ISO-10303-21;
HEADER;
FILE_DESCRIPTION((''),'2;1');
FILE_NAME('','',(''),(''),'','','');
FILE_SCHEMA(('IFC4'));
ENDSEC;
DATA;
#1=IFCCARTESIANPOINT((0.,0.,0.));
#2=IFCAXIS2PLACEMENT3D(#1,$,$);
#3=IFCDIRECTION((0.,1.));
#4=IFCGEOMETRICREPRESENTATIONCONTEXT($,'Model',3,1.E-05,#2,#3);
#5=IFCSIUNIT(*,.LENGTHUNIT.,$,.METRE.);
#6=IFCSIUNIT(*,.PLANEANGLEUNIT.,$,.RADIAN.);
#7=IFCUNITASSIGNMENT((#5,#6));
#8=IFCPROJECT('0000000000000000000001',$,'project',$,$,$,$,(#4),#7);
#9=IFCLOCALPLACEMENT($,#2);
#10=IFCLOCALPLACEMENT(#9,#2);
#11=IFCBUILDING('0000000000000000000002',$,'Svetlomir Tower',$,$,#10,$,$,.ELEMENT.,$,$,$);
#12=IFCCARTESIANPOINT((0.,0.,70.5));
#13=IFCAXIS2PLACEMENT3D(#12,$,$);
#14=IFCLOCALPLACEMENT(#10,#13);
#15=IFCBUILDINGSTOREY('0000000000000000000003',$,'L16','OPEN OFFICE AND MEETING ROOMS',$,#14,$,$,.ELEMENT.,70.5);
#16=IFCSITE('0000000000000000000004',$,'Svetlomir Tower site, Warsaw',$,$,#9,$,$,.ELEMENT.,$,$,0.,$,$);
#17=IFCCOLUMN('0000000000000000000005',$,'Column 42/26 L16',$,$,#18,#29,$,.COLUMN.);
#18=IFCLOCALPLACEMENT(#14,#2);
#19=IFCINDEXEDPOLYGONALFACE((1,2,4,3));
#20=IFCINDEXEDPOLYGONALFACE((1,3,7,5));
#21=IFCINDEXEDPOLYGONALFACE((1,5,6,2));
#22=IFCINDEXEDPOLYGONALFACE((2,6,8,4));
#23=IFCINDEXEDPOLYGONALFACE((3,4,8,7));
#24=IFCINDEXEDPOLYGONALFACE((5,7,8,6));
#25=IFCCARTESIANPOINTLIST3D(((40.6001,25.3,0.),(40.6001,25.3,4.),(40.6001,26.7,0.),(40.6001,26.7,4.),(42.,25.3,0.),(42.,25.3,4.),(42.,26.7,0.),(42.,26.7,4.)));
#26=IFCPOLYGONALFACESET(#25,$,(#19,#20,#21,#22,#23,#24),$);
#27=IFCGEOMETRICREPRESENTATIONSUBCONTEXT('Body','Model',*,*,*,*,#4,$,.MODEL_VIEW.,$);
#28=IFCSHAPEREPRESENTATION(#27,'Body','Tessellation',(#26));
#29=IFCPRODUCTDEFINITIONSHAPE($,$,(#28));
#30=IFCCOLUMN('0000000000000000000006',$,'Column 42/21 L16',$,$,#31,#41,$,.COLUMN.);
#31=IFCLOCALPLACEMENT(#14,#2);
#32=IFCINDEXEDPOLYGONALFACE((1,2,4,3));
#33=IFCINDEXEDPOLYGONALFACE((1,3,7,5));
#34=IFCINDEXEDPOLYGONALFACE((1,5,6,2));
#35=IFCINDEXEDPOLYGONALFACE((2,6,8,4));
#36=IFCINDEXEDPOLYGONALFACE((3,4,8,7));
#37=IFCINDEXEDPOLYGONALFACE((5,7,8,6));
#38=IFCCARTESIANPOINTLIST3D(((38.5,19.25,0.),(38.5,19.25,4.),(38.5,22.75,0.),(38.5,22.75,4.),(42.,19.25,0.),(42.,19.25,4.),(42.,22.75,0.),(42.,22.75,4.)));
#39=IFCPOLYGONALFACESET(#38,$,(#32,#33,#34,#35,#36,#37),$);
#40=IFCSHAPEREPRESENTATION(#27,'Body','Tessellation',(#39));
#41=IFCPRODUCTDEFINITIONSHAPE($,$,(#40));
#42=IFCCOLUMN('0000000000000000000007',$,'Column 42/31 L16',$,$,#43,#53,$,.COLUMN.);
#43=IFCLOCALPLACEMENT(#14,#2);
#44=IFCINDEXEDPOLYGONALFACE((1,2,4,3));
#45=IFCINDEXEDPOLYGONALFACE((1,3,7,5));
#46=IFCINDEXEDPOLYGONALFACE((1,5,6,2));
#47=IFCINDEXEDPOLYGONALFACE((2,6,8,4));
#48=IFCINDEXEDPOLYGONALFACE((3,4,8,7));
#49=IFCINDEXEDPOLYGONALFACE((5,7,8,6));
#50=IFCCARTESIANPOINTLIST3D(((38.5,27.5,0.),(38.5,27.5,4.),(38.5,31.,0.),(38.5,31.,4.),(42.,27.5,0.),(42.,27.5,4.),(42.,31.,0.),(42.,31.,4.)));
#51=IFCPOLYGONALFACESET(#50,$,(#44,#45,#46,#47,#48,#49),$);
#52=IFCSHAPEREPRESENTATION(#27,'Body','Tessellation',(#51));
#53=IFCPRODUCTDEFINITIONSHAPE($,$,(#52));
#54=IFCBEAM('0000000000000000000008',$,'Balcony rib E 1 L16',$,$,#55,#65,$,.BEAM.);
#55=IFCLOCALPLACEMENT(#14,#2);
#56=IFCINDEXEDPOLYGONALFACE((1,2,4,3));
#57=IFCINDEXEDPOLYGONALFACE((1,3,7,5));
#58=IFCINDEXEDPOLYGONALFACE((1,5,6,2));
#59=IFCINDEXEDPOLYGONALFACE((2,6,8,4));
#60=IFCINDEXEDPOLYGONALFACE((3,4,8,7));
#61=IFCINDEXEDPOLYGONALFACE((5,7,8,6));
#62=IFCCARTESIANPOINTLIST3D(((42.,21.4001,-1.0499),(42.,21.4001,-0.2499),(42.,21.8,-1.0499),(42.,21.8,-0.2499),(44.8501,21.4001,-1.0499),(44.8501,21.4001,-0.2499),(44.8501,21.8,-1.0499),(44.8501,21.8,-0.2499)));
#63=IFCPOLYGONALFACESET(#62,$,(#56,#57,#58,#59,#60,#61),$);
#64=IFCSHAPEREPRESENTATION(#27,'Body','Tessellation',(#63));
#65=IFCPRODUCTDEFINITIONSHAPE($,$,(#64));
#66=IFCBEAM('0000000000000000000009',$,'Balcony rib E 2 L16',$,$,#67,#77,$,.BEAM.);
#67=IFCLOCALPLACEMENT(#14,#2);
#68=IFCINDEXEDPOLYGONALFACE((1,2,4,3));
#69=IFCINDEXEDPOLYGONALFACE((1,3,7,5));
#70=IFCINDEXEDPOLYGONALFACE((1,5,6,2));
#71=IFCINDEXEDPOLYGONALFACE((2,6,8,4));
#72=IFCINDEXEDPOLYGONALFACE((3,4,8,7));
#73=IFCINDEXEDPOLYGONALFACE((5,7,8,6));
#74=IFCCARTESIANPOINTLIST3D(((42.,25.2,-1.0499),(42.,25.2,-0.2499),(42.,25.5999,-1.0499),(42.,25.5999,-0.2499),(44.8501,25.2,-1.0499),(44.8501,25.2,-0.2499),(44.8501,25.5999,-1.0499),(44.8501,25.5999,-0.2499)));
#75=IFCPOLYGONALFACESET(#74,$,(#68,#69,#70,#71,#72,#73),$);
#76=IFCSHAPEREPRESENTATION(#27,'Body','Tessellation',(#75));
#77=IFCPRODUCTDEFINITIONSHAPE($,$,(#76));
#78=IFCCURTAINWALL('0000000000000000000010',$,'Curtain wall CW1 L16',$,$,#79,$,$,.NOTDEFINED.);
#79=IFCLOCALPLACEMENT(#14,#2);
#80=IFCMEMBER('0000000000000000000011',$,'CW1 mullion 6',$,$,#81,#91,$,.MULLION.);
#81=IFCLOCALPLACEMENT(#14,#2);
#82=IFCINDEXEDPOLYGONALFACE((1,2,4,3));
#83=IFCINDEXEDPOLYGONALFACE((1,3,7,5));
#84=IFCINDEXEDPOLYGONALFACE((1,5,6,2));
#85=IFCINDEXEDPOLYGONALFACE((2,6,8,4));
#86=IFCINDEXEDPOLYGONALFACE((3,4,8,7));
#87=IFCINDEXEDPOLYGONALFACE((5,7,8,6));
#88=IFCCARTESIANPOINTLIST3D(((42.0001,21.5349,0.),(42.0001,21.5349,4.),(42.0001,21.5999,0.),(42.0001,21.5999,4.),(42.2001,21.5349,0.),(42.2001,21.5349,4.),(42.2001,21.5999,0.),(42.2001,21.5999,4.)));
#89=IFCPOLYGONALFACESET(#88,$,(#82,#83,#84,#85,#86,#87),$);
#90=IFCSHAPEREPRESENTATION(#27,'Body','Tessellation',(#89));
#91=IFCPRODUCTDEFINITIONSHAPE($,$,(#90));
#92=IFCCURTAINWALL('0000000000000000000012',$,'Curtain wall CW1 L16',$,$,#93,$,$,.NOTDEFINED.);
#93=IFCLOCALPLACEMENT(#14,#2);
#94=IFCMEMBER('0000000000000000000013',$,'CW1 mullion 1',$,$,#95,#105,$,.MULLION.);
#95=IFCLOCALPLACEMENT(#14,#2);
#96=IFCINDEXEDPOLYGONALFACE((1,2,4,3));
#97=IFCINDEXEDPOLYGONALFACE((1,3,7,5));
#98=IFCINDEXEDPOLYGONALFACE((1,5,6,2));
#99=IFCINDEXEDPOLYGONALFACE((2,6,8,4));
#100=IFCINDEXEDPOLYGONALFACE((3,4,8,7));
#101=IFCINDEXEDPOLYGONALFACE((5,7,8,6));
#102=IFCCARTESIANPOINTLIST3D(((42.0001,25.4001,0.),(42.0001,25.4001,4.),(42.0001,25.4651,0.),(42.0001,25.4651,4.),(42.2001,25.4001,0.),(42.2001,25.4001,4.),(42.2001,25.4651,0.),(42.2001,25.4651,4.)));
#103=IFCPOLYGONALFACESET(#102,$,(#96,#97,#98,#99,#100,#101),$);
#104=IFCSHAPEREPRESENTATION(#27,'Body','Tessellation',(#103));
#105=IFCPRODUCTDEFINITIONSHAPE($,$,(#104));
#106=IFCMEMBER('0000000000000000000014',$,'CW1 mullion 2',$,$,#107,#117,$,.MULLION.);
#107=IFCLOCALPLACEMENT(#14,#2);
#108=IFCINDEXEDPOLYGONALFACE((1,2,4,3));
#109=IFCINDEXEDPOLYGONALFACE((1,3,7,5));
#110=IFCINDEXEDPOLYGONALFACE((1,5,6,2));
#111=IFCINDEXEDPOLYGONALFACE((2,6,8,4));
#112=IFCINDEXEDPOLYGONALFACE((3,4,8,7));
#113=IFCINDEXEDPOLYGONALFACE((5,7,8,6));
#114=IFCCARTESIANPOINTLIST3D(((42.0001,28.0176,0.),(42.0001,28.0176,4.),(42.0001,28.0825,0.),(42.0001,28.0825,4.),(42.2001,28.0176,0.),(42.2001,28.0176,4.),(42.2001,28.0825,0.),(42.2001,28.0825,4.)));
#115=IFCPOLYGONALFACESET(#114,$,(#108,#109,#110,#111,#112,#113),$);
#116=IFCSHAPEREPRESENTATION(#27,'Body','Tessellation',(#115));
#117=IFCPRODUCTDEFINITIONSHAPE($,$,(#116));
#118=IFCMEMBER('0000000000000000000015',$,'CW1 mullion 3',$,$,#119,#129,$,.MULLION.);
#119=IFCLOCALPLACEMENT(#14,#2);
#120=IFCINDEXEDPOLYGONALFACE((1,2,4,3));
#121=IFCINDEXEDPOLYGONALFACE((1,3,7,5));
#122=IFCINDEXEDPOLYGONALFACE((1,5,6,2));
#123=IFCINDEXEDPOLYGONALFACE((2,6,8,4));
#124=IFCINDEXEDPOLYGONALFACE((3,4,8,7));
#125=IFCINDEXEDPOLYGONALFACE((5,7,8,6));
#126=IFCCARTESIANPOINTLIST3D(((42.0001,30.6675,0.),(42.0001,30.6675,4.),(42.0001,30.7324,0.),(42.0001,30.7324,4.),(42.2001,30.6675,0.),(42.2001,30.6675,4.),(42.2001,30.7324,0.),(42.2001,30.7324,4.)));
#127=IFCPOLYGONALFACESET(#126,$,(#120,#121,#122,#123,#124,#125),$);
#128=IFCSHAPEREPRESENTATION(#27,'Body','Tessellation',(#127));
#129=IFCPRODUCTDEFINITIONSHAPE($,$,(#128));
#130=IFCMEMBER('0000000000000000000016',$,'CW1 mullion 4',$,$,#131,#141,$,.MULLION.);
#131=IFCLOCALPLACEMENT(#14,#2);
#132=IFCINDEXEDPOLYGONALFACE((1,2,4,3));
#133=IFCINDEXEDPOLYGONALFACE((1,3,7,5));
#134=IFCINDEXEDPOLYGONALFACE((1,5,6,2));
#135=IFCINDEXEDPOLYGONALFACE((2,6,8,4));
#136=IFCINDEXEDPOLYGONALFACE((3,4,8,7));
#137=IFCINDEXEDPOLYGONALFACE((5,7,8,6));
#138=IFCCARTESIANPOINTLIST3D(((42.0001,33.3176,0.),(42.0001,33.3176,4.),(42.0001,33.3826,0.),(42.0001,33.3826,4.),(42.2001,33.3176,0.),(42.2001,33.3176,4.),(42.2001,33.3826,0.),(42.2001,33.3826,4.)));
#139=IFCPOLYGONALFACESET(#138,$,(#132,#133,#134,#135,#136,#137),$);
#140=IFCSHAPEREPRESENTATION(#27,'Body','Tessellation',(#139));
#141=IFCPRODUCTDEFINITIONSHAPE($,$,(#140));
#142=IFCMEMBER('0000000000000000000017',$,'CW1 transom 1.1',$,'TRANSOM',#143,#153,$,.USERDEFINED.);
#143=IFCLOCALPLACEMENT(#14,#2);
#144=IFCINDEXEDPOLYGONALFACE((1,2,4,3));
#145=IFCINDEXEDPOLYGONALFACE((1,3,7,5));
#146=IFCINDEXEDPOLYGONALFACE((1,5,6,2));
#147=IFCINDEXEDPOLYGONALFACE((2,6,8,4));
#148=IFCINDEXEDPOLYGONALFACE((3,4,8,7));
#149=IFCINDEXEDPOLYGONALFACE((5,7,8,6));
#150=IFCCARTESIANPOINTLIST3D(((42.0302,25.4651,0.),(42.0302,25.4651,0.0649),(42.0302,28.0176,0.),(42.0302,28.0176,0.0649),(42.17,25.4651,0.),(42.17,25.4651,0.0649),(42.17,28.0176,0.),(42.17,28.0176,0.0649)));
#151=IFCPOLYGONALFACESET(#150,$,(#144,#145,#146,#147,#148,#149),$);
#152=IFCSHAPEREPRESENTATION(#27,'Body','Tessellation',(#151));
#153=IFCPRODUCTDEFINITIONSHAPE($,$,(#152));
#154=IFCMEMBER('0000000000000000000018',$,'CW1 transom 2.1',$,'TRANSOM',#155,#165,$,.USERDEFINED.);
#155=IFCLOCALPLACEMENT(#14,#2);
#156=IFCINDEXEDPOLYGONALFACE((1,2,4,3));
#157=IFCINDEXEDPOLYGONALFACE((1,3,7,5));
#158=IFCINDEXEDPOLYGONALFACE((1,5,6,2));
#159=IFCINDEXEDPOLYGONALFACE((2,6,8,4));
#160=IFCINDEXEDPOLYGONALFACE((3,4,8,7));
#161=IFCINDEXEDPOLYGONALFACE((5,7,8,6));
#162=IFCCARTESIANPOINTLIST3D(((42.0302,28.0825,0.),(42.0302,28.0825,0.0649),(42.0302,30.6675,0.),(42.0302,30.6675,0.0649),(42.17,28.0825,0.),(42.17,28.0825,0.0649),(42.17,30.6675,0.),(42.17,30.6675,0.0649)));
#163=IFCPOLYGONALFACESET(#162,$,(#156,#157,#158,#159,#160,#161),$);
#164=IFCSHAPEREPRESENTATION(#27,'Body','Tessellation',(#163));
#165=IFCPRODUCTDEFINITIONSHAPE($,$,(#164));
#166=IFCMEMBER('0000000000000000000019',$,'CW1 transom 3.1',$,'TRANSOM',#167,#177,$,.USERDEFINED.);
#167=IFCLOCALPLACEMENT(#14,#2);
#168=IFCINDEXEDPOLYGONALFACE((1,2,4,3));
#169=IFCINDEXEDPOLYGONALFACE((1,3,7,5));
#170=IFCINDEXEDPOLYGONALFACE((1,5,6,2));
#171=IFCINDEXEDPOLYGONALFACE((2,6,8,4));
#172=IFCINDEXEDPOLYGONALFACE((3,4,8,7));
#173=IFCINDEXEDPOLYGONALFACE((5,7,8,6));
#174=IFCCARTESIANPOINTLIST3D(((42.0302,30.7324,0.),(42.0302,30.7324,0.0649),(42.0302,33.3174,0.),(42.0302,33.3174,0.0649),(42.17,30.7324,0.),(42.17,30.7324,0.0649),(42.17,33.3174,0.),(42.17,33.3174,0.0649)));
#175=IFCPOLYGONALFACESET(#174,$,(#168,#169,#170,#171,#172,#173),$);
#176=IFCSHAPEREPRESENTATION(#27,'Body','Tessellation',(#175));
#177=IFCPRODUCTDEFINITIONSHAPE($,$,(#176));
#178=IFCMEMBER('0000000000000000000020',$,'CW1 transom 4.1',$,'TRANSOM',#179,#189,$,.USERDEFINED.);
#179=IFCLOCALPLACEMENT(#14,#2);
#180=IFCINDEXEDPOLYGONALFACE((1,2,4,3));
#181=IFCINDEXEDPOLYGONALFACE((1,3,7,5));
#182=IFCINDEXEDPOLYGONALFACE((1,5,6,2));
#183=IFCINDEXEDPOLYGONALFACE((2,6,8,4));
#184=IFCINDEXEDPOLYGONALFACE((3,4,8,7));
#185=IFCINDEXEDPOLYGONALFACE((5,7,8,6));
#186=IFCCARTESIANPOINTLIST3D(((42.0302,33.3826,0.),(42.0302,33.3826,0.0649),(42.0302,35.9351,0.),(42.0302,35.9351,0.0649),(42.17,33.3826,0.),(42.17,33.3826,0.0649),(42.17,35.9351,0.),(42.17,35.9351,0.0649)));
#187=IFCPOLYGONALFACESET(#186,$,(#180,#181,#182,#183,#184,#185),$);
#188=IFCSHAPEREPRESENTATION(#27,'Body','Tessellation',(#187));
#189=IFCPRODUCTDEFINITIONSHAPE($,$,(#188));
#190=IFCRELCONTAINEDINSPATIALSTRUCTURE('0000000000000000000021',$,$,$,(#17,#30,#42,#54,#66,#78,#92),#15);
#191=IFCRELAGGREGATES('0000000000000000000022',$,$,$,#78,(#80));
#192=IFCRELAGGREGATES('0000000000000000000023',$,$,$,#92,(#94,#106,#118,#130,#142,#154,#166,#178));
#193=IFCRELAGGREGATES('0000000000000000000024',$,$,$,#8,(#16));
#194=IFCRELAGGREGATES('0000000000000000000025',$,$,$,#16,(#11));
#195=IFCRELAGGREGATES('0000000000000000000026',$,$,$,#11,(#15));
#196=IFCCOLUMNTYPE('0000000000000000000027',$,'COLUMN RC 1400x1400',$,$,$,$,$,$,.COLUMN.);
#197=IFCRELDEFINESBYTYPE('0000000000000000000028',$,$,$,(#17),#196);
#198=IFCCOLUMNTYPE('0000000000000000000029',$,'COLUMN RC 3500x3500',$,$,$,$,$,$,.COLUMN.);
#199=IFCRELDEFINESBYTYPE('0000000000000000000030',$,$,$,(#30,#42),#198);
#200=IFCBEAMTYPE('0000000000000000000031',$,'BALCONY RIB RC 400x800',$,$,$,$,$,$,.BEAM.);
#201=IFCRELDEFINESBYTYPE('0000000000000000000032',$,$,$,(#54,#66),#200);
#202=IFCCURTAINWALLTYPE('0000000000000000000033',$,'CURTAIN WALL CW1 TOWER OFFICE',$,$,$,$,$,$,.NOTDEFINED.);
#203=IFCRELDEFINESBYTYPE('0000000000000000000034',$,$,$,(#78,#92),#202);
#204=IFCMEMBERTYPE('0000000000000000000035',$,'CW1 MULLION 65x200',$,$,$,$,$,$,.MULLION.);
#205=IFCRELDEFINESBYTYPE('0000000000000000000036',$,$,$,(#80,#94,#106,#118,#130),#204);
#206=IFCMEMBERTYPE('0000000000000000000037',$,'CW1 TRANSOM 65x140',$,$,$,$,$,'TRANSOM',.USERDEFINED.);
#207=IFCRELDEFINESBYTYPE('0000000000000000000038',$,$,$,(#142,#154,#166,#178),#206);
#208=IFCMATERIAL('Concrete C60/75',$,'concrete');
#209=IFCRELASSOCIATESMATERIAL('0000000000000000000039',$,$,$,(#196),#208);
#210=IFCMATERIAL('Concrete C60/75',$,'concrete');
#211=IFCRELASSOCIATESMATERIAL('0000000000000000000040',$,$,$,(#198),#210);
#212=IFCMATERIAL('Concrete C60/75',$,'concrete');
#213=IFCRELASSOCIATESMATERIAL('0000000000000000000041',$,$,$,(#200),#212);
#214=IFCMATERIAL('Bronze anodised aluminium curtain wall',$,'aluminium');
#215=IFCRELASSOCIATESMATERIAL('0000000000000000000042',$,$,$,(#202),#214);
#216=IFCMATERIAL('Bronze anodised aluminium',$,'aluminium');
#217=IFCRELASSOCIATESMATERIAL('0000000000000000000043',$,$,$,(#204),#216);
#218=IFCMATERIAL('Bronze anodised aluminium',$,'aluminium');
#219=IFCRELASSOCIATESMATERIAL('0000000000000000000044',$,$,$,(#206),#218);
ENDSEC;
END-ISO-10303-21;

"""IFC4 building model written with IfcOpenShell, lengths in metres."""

from ifc_helpers import new_model, si_unit, direction, frame, origin, origin_2d, place, context, subcontext, project, spatial, rectangle, extrude, material, material_profile, profile_set, type_object, element, aggregate, save


model = new_model("IFC4")

# Units and contexts
model_context = context("Model", 3, precision=1e-05, world=origin(), true_north=direction((0.0, 1.0)))
body_context = subcontext(model_context, "Body", "Model", "MODEL_VIEW")
ifc_project = project(units=[si_unit("LENGTHUNIT", "METRE"), si_unit("PLANEANGLEUNIT", "RADIAN")], contexts=[model_context])

# Site, building, storey
site_placement = place(None, origin())
site = spatial("IfcSite", under=ifc_project, at=site_placement, Name="Svetlomir Tower site, Warsaw", CompositionType="ELEMENT", RefElevation=0.0)
building_placement = place(site_placement, origin())
building = spatial("IfcBuilding", under=site, at=building_placement, Name="Svetlomir Tower", CompositionType="ELEMENT")
storey_placement = place(building_placement, frame((0.0, 0.0, 70.5)))
storey = spatial("IfcBuildingStorey", under=building, at=storey_placement, Name="L16", Description="OPEN OFFICE AND MEETING ROOMS", CompositionType="ELEMENT", Elevation=70.5)

# Columns
ifc_material_1 = material(Name="Concrete C60/75", Category="concrete")
ifc_material_profile_1 = material_profile(ifc_material_1, rectangle(XDim=1.3999, YDim=1.3999, at=origin_2d()), Name="RC 1400x1400")
ifc_profile_set_1 = profile_set([ifc_material_profile_1], Name="Concrete C60/75")
column_type_1 = type_object("IfcColumnType", Name="COLUMN RC 1400x1400", PredefinedType="COLUMN", material=ifc_profile_set_1)
column_placement = place(storey_placement, frame((41.3, 26.0, 0.0), z_axis=(0.0, 0.0, 1.0), x_axis=(1.0, 0.0, 0.0)))
element("IfcColumn", 1, at=column_placement, inside=storey, type_object=column_type_1, Name="Column 42/26 L16", PredefinedType="COLUMN", context=body_context, shape_type="SweptSolid", body=[
    extrude(rectangle(XDim=1.3999, YDim=1.3999, at=origin_2d()), origin(), (0.0, 0.0, 1.0), 4.0),
])
ifc_material_2 = material(Name="Concrete C60/75", Category="concrete")
ifc_material_profile_2 = material_profile(ifc_material_2, rectangle(XDim=3.5, YDim=3.5, at=origin_2d()), Name="RC 3500x3500")
ifc_profile_set_2 = profile_set([ifc_material_profile_2], Name="Concrete C60/75")
column_type_2 = type_object("IfcColumnType", Name="COLUMN RC 3500x3500", PredefinedType="COLUMN", material=ifc_profile_set_2)
for number, where, z_axis, x_axis, name in (
    (2, (40.25, 21.0, 0.0), (0.0, 0.0, 1.0), (1.0, 0.0, 0.0), "Column 42/21 L16"),
    (3, (40.25, 29.25, 0.0), (0.0, 0.0, 1.0), (1.0, 0.0, 0.0), "Column 42/31 L16"),
):
    element("IfcColumn", number, at=place(storey_placement, frame(where, z_axis=z_axis, x_axis=x_axis)), inside=storey, type_object=column_type_2, Name=name, PredefinedType="COLUMN", context=body_context, shape_type="SweptSolid", body=[
        extrude(rectangle(XDim=3.5, YDim=3.5, at=origin_2d()), origin(), (0.0, 0.0, 1.0), 4.0),
    ])

# Beams
ifc_material_3 = material(Name="Concrete C60/75", Category="concrete")
ifc_material_profile_3 = material_profile(ifc_material_3, rectangle(XDim=0.3999, YDim=0.8, at=origin_2d()), Name="RC 400x800")
ifc_profile_set_3 = profile_set([ifc_material_profile_3], Name="Concrete C60/75")
beam_type_1 = type_object("IfcBeamType", Name="BALCONY RIB RC 400x800", PredefinedType="BEAM", material=ifc_profile_set_3)
for number, where, z_axis, x_axis, name in (
    (4, (42.0, 21.6001, -0.6499), (1.0, 0.0, 0.0), (0.0, 1.0, 0.0), "Balcony rib E 1 L16"),
    (5, (42.0, 25.3999, -0.6499), (1.0, 0.0, 0.0), (0.0, 1.0, 0.0), "Balcony rib E 2 L16"),
):
    element("IfcBeam", number, at=place(storey_placement, frame(where, z_axis=z_axis, x_axis=x_axis)), inside=storey, type_object=beam_type_1, Name=name, PredefinedType="BEAM", context=body_context, shape_type="SweptSolid", body=[
        extrude(rectangle(XDim=0.3999, YDim=0.8, at=origin_2d()), origin(), (0.0, 0.0, 1.0), 2.8501),
    ])

# Curtain wall, member
ifc_material_4 = material(Name="Bronze anodised aluminium curtain wall", Category="aluminium")
curtain_wall_type = type_object("IfcCurtainWallType", Name="CURTAIN WALL CW1 TOWER OFFICE", PredefinedType="NOTDEFINED", material=ifc_material_4)
curtain_wall_1_placement = place(storey_placement, origin())
curtain_wall_1 = element("IfcCurtainWall", 6, at=curtain_wall_1_placement, inside=storey, type_object=curtain_wall_type, Name="Curtain wall CW1 L16", PredefinedType="NOTDEFINED")
ifc_material_5 = material(Name="Bronze anodised aluminium", Category="aluminium")
ifc_material_profile_4 = material_profile(ifc_material_5, rectangle(XDim=0.0649, YDim=0.2, at=origin_2d()), Name="AL 65x200")
ifc_profile_set_4 = profile_set([ifc_material_profile_4], Name="Bronze anodised aluminium 6063-T6")
member_type_1 = type_object("IfcMemberType", Name="CW1 MULLION 65x200", PredefinedType="MULLION", material=ifc_profile_set_4)
member_1_placement = place(storey_placement, frame((42.1001, 21.5674, 0.0), z_axis=(0.0, 0.0, 1.0), x_axis=(0.0, 1.0, 0.0)))
member_1 = element("IfcMember", 7, at=member_1_placement, type_object=member_type_1, Name="CW1 mullion 6", PredefinedType="MULLION", context=body_context, shape_type="SweptSolid", body=[
    extrude(rectangle(XDim=0.0649, YDim=0.2, at=origin_2d()), origin(), (0.0, 0.0, 1.0), 4.0),
])
aggregate(curtain_wall_1, [member_1])

# Curtain wall, members
curtain_wall_2_placement = place(storey_placement, origin())
curtain_wall_2 = element("IfcCurtainWall", 8, at=curtain_wall_2_placement, inside=storey, type_object=curtain_wall_type, Name="Curtain wall CW1 L16", PredefinedType="NOTDEFINED")
member_2_placement = place(storey_placement, frame((42.1001, 25.4326, 0.0), z_axis=(0.0, 0.0, 1.0), x_axis=(0.0, 1.0, 0.0)))
member_2 = element("IfcMember", 9, at=member_2_placement, type_object=member_type_1, Name="CW1 mullion 1", PredefinedType="MULLION", context=body_context, shape_type="SweptSolid", body=[
    extrude(rectangle(XDim=0.0649, YDim=0.2, at=origin_2d()), origin(), (0.0, 0.0, 1.0), 4.0),
])
member_3_placement = place(storey_placement, frame((42.1001, 28.05, 0.0), z_axis=(0.0, 0.0, 1.0), x_axis=(0.0, 1.0, 0.0)))
member_3 = element("IfcMember", 10, at=member_3_placement, type_object=member_type_1, Name="CW1 mullion 2", PredefinedType="MULLION", context=body_context, shape_type="SweptSolid", body=[
    extrude(rectangle(XDim=0.0649, YDim=0.2, at=origin_2d()), origin(), (0.0, 0.0, 1.0), 4.0),
])
member_4_placement = place(storey_placement, frame((42.1001, 30.7, 0.0), z_axis=(0.0, 0.0, 1.0), x_axis=(0.0, 1.0, 0.0)))
member_4 = element("IfcMember", 11, at=member_4_placement, type_object=member_type_1, Name="CW1 mullion 3", PredefinedType="MULLION", context=body_context, shape_type="SweptSolid", body=[
    extrude(rectangle(XDim=0.0649, YDim=0.2, at=origin_2d()), origin(), (0.0, 0.0, 1.0), 4.0),
])
member_5_placement = place(storey_placement, frame((42.1001, 33.3501, 0.0), z_axis=(0.0, 0.0, 1.0), x_axis=(0.0, 1.0, 0.0)))
member_5 = element("IfcMember", 12, at=member_5_placement, type_object=member_type_1, Name="CW1 mullion 4", PredefinedType="MULLION", context=body_context, shape_type="SweptSolid", body=[
    extrude(rectangle(XDim=0.0649, YDim=0.2, at=origin_2d()), origin(), (0.0, 0.0, 1.0), 4.0),
])
ifc_material_6 = material(Name="Bronze anodised aluminium", Category="aluminium")
ifc_material_profile_5 = material_profile(ifc_material_6, rectangle(XDim=0.1399, YDim=0.0649, at=origin_2d()), Name="AL 140x65")
ifc_profile_set_5 = profile_set([ifc_material_profile_5], Name="Bronze anodised aluminium 6063-T6")
member_type_2 = type_object("IfcMemberType", Name="CW1 TRANSOM 65x140", ElementType="TRANSOM", PredefinedType="USERDEFINED", material=ifc_profile_set_5)
member_6_placement = place(storey_placement, frame((42.1001, 25.4651, 0.0325), z_axis=(0.0, 1.0, 0.0), x_axis=(-1.0, 0.0, 0.0)))
member_6 = element("IfcMember", 13, at=member_6_placement, type_object=member_type_2, Name="CW1 transom 1.1", ObjectType="TRANSOM", PredefinedType="USERDEFINED", context=body_context, shape_type="SweptSolid", body=[
    extrude(rectangle(XDim=0.1399, YDim=0.0649, at=origin_2d()), origin(), (0.0, 0.0, 1.0), 2.5525),
])
member_7_placement = place(storey_placement, frame((42.1001, 28.0825, 0.0325), z_axis=(0.0, 1.0, 0.0), x_axis=(-1.0, 0.0, 0.0)))
member_7 = element("IfcMember", 14, at=member_7_placement, type_object=member_type_2, Name="CW1 transom 2.1", ObjectType="TRANSOM", PredefinedType="USERDEFINED", context=body_context, shape_type="SweptSolid", body=[
    extrude(rectangle(XDim=0.1399, YDim=0.0649, at=origin_2d()), origin(), (0.0, 0.0, 1.0), 2.585),
])
member_8_placement = place(storey_placement, frame((42.1001, 30.7324, 0.0325), z_axis=(0.0, 1.0, 0.0), x_axis=(-1.0, 0.0, 0.0)))
member_8 = element("IfcMember", 15, at=member_8_placement, type_object=member_type_2, Name="CW1 transom 3.1", ObjectType="TRANSOM", PredefinedType="USERDEFINED", context=body_context, shape_type="SweptSolid", body=[
    extrude(rectangle(XDim=0.1399, YDim=0.0649, at=origin_2d()), origin(), (0.0, 0.0, 1.0), 2.585),
])
member_9_placement = place(storey_placement, frame((42.1001, 33.3826, 0.0325), z_axis=(0.0, 1.0, 0.0), x_axis=(-1.0, 0.0, 0.0)))
member_9 = element("IfcMember", 16, at=member_9_placement, type_object=member_type_2, Name="CW1 transom 4.1", ObjectType="TRANSOM", PredefinedType="USERDEFINED", context=body_context, shape_type="SweptSolid", body=[
    extrude(rectangle(XDim=0.1399, YDim=0.0649, at=origin_2d()), origin(), (0.0, 0.0, 1.0), 2.5525),
])

aggregate(curtain_wall_2, [member_2, member_3, member_4, member_5, member_6, member_7, member_8, member_9])

save(model, "model.ifc")
